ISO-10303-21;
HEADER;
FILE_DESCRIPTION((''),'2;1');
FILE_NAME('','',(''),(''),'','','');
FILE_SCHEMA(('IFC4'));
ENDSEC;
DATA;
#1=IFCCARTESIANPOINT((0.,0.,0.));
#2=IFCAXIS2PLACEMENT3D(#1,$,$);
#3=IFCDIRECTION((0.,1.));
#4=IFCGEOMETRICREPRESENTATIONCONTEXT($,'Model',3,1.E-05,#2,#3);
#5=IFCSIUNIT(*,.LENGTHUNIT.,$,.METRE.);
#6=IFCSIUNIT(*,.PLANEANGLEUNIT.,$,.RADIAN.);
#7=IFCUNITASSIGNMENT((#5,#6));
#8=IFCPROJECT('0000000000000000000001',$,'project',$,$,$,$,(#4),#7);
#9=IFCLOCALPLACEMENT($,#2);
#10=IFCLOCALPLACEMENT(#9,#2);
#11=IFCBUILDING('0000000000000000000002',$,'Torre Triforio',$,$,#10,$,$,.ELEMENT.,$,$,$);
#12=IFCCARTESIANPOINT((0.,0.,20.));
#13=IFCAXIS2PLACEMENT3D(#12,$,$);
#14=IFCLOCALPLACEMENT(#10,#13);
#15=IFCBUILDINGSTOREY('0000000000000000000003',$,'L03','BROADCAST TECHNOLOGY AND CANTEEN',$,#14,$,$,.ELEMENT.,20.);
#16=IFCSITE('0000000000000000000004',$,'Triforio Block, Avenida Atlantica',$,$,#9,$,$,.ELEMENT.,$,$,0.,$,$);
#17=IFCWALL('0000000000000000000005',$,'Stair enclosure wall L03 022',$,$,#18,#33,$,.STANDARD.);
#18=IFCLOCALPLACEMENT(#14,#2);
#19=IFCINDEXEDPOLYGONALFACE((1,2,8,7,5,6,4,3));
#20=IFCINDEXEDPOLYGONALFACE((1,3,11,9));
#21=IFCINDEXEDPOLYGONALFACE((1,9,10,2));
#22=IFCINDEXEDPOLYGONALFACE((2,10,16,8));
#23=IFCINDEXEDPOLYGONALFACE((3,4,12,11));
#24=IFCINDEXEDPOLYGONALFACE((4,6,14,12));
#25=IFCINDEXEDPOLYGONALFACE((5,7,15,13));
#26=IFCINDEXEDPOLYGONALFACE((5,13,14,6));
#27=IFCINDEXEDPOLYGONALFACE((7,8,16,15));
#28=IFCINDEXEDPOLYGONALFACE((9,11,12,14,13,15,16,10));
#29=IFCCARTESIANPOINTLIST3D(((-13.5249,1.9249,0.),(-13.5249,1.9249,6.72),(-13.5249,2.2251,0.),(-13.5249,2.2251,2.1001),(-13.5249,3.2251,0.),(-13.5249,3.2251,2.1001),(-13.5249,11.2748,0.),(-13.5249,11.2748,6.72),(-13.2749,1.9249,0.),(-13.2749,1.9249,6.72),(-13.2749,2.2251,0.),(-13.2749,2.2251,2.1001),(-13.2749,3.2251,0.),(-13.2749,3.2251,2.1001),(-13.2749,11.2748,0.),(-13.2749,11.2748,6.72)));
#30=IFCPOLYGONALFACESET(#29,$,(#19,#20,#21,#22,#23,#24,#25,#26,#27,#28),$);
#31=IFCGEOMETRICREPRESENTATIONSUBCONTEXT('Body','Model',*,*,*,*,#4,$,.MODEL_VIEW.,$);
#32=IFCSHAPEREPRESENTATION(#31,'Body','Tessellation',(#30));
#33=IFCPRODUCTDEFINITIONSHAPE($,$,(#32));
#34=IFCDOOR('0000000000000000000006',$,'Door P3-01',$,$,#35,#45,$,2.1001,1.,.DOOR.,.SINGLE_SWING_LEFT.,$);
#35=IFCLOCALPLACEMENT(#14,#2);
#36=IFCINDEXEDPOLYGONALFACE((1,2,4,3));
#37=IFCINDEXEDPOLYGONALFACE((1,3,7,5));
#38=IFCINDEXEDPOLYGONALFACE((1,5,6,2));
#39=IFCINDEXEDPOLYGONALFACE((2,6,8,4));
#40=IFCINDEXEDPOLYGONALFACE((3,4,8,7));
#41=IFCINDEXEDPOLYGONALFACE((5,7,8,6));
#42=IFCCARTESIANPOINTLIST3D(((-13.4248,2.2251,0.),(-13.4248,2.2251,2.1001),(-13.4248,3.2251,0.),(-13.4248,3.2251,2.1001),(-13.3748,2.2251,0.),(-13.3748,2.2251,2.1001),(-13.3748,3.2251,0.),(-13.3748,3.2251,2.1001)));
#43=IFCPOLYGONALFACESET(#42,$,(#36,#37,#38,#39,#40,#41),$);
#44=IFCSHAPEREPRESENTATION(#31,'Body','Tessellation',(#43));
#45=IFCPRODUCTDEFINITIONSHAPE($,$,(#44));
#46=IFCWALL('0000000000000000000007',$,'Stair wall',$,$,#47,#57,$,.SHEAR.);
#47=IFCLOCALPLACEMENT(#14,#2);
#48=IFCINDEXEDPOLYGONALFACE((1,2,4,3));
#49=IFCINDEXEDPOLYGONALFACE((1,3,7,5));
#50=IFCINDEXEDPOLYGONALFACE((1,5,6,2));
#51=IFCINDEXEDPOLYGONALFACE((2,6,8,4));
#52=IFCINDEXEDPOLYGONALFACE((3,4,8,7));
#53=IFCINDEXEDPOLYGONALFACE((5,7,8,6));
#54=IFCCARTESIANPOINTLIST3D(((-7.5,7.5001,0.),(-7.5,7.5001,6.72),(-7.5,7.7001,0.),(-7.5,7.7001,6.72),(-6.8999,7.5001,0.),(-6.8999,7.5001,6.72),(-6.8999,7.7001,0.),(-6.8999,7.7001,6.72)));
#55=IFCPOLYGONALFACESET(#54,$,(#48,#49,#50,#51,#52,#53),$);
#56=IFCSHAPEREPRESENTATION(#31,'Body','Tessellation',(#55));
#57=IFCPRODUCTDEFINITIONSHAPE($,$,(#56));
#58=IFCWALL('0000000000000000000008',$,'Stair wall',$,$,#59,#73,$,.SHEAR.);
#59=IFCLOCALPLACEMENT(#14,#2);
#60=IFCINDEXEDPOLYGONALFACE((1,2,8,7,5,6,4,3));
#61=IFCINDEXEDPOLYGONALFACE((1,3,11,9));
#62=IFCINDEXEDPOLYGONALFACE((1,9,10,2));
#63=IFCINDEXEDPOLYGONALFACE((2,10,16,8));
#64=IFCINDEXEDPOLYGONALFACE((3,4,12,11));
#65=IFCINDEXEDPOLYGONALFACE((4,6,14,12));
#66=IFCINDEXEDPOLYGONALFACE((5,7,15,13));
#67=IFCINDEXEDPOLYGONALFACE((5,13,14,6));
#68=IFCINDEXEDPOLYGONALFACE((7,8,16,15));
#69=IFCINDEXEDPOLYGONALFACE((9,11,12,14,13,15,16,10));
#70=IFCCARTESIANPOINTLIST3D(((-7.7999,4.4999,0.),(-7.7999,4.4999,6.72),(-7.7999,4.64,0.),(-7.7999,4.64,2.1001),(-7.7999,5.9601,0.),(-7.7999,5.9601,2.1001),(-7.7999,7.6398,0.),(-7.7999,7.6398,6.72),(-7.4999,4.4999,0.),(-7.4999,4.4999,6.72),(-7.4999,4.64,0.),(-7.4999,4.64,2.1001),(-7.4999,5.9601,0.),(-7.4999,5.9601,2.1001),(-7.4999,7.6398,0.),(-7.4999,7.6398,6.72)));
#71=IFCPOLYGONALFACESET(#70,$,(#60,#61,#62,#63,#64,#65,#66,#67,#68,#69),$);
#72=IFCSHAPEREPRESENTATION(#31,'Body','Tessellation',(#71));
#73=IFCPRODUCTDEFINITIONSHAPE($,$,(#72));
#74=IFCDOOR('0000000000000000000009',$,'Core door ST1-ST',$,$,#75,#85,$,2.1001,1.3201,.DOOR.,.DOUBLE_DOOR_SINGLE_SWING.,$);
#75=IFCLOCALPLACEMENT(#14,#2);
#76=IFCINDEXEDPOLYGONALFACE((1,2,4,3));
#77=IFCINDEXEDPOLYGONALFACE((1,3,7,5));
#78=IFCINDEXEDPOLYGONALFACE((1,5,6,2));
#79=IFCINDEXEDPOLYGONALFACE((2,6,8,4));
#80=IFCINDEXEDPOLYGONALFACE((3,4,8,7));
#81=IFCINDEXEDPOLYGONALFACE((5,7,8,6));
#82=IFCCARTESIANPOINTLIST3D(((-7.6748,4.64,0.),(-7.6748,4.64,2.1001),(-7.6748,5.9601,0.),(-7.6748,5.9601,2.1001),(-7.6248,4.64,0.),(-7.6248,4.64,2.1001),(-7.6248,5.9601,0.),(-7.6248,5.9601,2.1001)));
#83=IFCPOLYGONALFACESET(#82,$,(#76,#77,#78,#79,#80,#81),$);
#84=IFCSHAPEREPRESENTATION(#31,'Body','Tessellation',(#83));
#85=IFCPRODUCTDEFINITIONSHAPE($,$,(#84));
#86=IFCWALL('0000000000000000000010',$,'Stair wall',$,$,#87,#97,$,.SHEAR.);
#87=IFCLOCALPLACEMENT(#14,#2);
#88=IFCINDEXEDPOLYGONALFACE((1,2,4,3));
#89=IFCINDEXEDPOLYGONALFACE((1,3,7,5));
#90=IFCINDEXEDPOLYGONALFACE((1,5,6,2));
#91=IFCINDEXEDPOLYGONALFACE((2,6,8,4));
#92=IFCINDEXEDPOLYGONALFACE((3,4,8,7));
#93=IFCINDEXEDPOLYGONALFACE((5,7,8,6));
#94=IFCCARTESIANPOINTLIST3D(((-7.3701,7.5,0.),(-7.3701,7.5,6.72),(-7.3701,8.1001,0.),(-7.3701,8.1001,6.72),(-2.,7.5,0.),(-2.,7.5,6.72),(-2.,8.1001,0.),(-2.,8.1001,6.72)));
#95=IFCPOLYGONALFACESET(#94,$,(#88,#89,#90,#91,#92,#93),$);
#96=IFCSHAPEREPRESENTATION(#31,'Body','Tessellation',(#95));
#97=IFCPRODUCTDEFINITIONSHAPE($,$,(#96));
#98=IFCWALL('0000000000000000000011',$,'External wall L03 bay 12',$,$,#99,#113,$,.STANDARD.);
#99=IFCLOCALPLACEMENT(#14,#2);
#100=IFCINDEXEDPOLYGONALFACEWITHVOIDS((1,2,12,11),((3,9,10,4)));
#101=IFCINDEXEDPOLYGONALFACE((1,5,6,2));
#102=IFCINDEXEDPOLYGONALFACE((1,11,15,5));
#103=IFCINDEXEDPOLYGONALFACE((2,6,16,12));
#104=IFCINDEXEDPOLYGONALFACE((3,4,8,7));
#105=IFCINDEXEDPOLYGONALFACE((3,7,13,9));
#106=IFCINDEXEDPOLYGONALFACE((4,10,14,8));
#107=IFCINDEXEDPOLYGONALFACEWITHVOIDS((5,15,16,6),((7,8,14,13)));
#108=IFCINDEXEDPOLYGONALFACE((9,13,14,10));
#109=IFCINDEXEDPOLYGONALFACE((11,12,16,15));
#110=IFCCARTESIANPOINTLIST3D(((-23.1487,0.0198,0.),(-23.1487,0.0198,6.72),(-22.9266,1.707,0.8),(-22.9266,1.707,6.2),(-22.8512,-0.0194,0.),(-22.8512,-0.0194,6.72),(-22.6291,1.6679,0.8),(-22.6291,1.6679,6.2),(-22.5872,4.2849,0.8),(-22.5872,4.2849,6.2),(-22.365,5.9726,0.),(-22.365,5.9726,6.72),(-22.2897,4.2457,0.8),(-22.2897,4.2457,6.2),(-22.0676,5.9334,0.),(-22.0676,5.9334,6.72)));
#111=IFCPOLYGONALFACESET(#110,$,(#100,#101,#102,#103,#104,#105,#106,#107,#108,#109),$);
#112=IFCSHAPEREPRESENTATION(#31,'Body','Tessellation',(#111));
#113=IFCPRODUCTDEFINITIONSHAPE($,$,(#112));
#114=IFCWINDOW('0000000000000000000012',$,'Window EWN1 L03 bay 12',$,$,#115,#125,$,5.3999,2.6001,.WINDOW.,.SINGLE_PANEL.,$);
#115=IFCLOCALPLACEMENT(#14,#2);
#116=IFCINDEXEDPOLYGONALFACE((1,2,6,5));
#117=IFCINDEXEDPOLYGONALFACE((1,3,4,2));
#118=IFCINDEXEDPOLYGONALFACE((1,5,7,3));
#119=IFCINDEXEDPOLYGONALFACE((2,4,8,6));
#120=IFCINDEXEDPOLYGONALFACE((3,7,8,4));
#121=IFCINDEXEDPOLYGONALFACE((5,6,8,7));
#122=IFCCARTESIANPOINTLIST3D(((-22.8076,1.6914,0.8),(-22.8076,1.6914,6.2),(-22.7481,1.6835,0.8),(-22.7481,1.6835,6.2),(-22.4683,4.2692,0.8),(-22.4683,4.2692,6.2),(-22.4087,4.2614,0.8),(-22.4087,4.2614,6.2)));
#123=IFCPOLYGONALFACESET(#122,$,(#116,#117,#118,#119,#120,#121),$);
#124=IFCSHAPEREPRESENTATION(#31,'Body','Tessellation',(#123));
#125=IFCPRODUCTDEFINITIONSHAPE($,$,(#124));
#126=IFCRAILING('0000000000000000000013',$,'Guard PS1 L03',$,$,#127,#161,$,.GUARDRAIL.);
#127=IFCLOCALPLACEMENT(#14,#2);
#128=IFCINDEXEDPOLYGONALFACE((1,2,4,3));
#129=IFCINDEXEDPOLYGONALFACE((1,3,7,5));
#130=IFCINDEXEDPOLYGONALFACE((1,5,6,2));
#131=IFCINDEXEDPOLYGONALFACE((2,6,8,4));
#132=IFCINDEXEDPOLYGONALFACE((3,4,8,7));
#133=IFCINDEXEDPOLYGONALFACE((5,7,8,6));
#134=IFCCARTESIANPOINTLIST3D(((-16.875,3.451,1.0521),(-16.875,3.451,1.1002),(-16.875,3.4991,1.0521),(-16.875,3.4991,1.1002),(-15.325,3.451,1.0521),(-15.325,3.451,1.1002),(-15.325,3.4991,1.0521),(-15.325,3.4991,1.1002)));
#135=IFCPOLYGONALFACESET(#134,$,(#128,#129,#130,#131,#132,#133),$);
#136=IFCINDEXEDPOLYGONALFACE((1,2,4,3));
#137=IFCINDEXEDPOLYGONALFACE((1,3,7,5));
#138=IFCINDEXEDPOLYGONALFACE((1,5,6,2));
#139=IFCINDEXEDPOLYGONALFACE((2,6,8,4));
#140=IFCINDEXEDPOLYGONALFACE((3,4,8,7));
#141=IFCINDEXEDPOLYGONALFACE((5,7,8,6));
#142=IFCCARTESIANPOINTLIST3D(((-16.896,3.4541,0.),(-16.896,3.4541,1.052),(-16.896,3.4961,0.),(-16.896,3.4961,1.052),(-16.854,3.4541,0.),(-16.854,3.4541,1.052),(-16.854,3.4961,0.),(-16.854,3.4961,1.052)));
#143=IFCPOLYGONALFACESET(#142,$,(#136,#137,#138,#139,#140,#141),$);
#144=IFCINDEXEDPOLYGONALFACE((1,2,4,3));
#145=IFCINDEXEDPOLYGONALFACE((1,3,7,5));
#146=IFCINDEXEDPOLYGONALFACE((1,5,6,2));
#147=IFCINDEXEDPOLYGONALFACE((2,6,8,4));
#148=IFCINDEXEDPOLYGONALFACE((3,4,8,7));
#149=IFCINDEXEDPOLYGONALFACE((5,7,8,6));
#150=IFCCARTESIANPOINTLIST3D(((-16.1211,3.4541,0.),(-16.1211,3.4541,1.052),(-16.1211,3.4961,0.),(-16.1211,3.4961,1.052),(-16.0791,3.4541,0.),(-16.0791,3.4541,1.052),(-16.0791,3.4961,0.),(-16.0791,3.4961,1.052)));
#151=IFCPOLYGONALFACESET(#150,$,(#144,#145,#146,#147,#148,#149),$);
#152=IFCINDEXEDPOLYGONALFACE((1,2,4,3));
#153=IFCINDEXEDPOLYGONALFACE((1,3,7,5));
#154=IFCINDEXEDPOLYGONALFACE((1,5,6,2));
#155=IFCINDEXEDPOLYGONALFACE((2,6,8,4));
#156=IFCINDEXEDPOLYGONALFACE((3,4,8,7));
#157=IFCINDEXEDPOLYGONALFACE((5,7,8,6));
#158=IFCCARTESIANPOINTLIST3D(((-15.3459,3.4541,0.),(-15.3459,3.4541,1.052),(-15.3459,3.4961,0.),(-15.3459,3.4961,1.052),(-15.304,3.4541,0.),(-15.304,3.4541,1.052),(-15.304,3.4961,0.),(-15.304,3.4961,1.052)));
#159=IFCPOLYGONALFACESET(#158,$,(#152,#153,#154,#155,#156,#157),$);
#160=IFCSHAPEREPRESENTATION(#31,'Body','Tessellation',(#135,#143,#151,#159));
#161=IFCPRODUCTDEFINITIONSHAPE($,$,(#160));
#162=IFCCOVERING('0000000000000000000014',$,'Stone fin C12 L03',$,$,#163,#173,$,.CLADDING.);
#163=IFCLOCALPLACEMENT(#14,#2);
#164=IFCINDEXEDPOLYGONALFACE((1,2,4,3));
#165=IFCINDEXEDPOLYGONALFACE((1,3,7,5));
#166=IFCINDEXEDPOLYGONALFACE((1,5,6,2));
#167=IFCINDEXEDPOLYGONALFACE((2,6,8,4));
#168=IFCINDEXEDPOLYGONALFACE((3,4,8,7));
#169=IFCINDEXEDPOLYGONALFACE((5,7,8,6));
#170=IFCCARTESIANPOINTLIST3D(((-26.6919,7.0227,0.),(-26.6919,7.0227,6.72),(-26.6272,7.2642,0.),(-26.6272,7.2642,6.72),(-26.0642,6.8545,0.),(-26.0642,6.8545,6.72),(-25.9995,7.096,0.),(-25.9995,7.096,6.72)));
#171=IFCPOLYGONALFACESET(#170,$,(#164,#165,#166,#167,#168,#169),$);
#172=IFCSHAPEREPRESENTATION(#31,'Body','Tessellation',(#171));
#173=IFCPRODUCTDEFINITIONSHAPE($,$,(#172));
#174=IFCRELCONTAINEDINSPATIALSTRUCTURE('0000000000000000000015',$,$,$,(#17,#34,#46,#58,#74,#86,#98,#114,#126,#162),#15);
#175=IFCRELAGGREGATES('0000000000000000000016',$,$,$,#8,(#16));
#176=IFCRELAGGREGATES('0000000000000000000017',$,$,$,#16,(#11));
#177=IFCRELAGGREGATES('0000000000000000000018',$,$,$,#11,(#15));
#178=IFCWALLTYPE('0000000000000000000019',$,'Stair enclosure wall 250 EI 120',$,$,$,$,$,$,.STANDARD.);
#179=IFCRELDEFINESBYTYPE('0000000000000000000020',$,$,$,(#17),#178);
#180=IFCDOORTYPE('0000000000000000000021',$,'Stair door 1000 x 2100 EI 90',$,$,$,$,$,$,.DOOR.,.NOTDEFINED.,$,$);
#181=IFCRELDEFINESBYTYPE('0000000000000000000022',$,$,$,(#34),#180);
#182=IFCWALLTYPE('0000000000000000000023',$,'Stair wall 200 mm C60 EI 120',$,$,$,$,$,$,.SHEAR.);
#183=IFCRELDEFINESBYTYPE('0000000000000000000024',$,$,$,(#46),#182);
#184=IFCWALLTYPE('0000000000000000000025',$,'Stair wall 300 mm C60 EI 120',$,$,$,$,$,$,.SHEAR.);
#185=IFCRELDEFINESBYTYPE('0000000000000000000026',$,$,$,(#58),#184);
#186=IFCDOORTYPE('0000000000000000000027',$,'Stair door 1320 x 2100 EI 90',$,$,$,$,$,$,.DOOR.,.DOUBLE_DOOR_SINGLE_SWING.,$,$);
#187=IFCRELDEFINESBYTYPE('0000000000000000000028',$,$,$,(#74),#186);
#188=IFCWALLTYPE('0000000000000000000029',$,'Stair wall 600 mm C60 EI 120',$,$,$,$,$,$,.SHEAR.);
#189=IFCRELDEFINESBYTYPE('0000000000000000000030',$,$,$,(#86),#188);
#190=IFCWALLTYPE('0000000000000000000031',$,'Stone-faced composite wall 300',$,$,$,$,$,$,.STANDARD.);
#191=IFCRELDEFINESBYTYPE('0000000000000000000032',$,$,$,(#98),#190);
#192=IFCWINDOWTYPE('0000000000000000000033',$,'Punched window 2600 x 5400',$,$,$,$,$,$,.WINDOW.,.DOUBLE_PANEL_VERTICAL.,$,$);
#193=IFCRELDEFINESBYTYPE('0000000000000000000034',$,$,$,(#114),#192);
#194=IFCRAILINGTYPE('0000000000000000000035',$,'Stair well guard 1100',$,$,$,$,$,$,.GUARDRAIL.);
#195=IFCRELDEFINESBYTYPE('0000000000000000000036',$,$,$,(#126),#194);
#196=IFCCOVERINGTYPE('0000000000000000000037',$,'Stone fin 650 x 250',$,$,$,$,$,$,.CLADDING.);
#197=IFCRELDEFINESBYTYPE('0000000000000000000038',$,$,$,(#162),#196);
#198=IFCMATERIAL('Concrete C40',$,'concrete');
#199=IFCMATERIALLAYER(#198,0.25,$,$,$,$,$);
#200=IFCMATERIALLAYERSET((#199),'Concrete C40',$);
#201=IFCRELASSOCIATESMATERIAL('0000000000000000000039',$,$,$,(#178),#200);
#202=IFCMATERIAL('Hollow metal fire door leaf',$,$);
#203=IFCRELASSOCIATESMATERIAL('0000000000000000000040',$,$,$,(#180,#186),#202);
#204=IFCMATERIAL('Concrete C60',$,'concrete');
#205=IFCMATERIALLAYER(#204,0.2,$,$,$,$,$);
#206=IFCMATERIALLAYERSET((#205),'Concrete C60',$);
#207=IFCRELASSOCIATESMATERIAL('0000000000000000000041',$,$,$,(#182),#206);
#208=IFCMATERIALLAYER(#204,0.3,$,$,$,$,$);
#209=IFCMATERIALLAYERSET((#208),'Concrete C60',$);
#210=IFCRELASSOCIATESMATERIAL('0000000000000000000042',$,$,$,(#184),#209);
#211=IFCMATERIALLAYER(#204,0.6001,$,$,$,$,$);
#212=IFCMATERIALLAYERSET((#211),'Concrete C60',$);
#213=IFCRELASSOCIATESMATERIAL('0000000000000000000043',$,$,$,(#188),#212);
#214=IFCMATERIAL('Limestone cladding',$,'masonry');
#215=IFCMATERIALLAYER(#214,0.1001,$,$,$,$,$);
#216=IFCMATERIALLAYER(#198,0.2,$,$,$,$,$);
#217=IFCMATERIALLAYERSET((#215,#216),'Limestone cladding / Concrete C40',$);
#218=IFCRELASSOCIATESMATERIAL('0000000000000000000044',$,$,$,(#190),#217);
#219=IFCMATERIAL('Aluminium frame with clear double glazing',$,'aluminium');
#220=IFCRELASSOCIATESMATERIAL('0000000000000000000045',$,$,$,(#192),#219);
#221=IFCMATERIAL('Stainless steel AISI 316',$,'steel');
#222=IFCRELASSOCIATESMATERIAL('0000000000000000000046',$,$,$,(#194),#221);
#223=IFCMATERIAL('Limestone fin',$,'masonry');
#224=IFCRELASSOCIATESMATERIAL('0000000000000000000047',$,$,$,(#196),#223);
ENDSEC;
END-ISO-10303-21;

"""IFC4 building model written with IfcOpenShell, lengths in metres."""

from ifc_helpers import new_model, si_unit, direction, frame, frame_2d, origin, origin_2d, place, context, subcontext, project, spatial, rectangle, extrude, material, layer, layer_set, material_profile, profile_set, type_object, element, fill, save


model = new_model("IFC4")

# Units and contexts
model_context = context("Model", 3, precision=1e-05, world=origin(), true_north=direction((0.0, 1.0)))
body_context = subcontext(model_context, "Body", "Model", "MODEL_VIEW")
ifc_project = project(units=[si_unit("LENGTHUNIT", "METRE"), si_unit("PLANEANGLEUNIT", "RADIAN")], contexts=[model_context])

# Site, building, storey
site_placement = place(None, origin())
site = spatial("IfcSite", under=ifc_project, at=site_placement, Name="Triforio Block, Avenida Atlantica", CompositionType="ELEMENT", RefElevation=0.0)
building_placement = place(site_placement, origin())
building = spatial("IfcBuilding", under=site, at=building_placement, Name="Torre Triforio", CompositionType="ELEMENT")
storey_placement = place(building_placement, frame((0.0, 0.0, 20.0)))
storey = spatial("IfcBuildingStorey", under=building, at=storey_placement, Name="L03", Description="BROADCAST TECHNOLOGY AND CANTEEN", CompositionType="ELEMENT", Elevation=20.0)

# Shared definitions
ifc_material_1 = material(Name="Concrete C60", Category="concrete")
ifc_material_2 = material(Name="Hollow metal fire door leaf")

# Shared definitions
ifc_material_3 = material(Name="Concrete C40", Category="concrete")
ifc_layer_1 = layer(ifc_material_3, 0.25)
ifc_layer_set_1 = layer_set([ifc_layer_1], Name="Concrete C40")
wall_type_1 = type_object("IfcWallType", Name="Stair enclosure wall 250 EI 120", PredefinedType="STANDARD", material=ifc_layer_set_1)

# Wall, opening, door
wall_1_placement = place(storey_placement, frame((-13.3999, 1.925, 0.0), z_axis=(0.0, 0.0, 1.0), x_axis=(0.0, 1.0, 0.0)))
wall_1 = element("IfcWall", 1, at=wall_1_placement, inside=storey, type_object=wall_type_1, Name="Stair enclosure wall L03 022", PredefinedType="STANDARD", context=body_context, shape_type="SweptSolid", body=[
    extrude(rectangle(XDim=9.3499, YDim=0.25, at=frame_2d((4.6748, 0.0))), origin(), (0.0, 0.0, 1.0), 6.72),
])
opening_1_placement = place(wall_1_placement, frame((0.3, 0.0, 0.0)))
opening_1 = element("IfcOpeningElement", 2, at=opening_1_placement, cuts=wall_1, PredefinedType="OPENING", context=body_context, shape_type="SweptSolid", body=[
    extrude(rectangle(XDim=1.0, YDim=2.1001, at=frame_2d((0.5, 1.05))), frame((0.0, 0.135, 0.0), z_axis=(0.0, -1.0, 0.0), x_axis=(1.0, 0.0, 0.0)), (0.0, 0.0, 1.0), 0.27),
])
door_type_1 = type_object("IfcDoorType", Name="Stair door 1000 x 2100 EI 90", OperationType="NOTDEFINED", PredefinedType="DOOR", material=ifc_material_2)
door_1_placement = place(opening_1_placement, origin())
door_1 = element("IfcDoor", 3, at=door_1_placement, inside=storey, type_object=door_type_1, Name="Door P3-01", OperationType="SINGLE_SWING_LEFT", OverallHeight=2.1001, OverallWidth=1.0, PredefinedType="DOOR", context=body_context, shape_type="SweptSolid", body=[
    extrude(rectangle(XDim=1.0, YDim=2.1001, at=frame_2d((0.5, 1.05))), frame((0.0, 0.0249, 0.0), z_axis=(0.0, -1.0, 0.0), x_axis=(1.0, 0.0, 0.0)), (0.0, 0.0, 1.0), 0.05),
])
fill(opening_1, door_1)

# Wall
ifc_layer_2 = layer(ifc_material_1, 0.2)
ifc_layer_set_2 = layer_set([ifc_layer_2], Name="Concrete C60")
wall_type_2 = type_object("IfcWallType", Name="Stair wall 200 mm C60 EI 120", PredefinedType="SHEAR", material=ifc_layer_set_2)
wall_2_placement = place(storey_placement, frame((-7.5, 7.6001, 0.0), z_axis=(0.0, 0.0, 1.0), x_axis=(1.0, 0.0, 0.0)))
element("IfcWall", 4, at=wall_2_placement, inside=storey, type_object=wall_type_2, Name="Stair wall", PredefinedType="SHEAR", context=body_context, shape_type="SweptSolid", body=[
    extrude(rectangle(XDim=0.6001, YDim=0.2, at=frame_2d((0.3, 0.0))), origin(), (0.0, 0.0, 1.0), 6.72),
])

# Wall, opening, door
ifc_layer_3 = layer(ifc_material_1, 0.3)
ifc_layer_set_3 = layer_set([ifc_layer_3], Name="Concrete C60")
wall_type_3 = type_object("IfcWallType", Name="Stair wall 300 mm C60 EI 120", PredefinedType="SHEAR", material=ifc_layer_set_3)
wall_3_placement = place(storey_placement, frame((-7.6499, 4.5, 0.0), z_axis=(0.0, 0.0, 1.0), x_axis=(0.0, 1.0, 0.0)))
wall_3 = element("IfcWall", 5, at=wall_3_placement, inside=storey, type_object=wall_type_3, Name="Stair wall", PredefinedType="SHEAR", context=body_context, shape_type="SweptSolid", body=[
    extrude(rectangle(XDim=3.1399, YDim=0.3, at=frame_2d((1.5698, 0.0))), origin(), (0.0, 0.0, 1.0), 6.72),
])
opening_2_placement = place(wall_3_placement, frame((0.1399, 0.0, 0.0)))
opening_2 = element("IfcOpeningElement", 6, at=opening_2_placement, cuts=wall_3, PredefinedType="OPENING", context=body_context, shape_type="SweptSolid", body=[
    extrude(rectangle(XDim=1.3201, YDim=2.1001, at=frame_2d((0.6602, 1.05))), frame((0.0, 0.1599, 0.0), z_axis=(0.0, -1.0, 0.0), x_axis=(1.0, 0.0, 0.0)), (0.0, 0.0, 1.0), 0.3201),
])
door_type_2 = type_object("IfcDoorType", Name="Stair door 1320 x 2100 EI 90", OperationType="DOUBLE_DOOR_SINGLE_SWING", PredefinedType="DOOR", material=ifc_material_2)
door_2_placement = place(opening_2_placement, origin())
door_2 = element("IfcDoor", 7, at=door_2_placement, inside=storey, type_object=door_type_2, Name="Core door ST1-ST", OperationType="DOUBLE_DOOR_SINGLE_SWING", OverallHeight=2.1001, OverallWidth=1.3201, PredefinedType="DOOR", context=body_context, shape_type="SweptSolid", body=[
    extrude(rectangle(XDim=1.3201, YDim=2.1001, at=frame_2d((0.6602, 1.05))), frame((0.0, 0.0249, 0.0), z_axis=(0.0, -1.0, 0.0), x_axis=(1.0, 0.0, 0.0)), (0.0, 0.0, 1.0), 0.05),
])
fill(opening_2, door_2)

# Wall
ifc_layer_4 = layer(ifc_material_1, 0.6001)
ifc_layer_set_4 = layer_set([ifc_layer_4], Name="Concrete C60")
wall_type_4 = type_object("IfcWallType", Name="Stair wall 600 mm C60 EI 120", PredefinedType="SHEAR", material=ifc_layer_set_4)
wall_4_placement = place(storey_placement, frame((-7.3701, 7.8, 0.0), z_axis=(0.0, 0.0, 1.0), x_axis=(1.0, 0.0, 0.0)))
element("IfcWall", 8, at=wall_4_placement, inside=storey, type_object=wall_type_4, Name="Stair wall", PredefinedType="SHEAR", context=body_context, shape_type="SweptSolid", body=[
    extrude(rectangle(XDim=5.3701, YDim=0.6001, at=frame_2d((2.6851, 0.0))), origin(), (0.0, 0.0, 1.0), 6.72),
])

# Wall, opening, window
ifc_material_4 = material(Name="Limestone cladding", Category="masonry")
ifc_layer_5 = layer(ifc_material_4, 0.1001)
ifc_layer_6 = layer(ifc_material_3, 0.2)
ifc_layer_set_5 = layer_set([ifc_layer_5, ifc_layer_6], Name="Limestone cladding / Concrete C40")
wall_type_5 = type_object("IfcWallType", Name="Stone-faced composite wall 300", PredefinedType="STANDARD", material=ifc_layer_set_5)
wall_5_placement = place(storey_placement, frame((-22.2163, 5.9529, 0.0), z_axis=(0.0, 0.0, 1.0), x_axis=(-0.130523, -0.991445, 0.0)))
wall_5 = element("IfcWall", 9, at=wall_5_placement, inside=storey, type_object=wall_type_5, Name="External wall L03 bay 12", PredefinedType="STANDARD", context=body_context, shape_type="SweptSolid", body=[
    extrude(rectangle(XDim=6.0042, YDim=0.3, at=frame_2d((3.002, 0.0))), origin(), (0.0, 0.0, 1.0), 6.72),
])
opening_3_placement = place(wall_5_placement, frame((1.7021, 0.0, 0.8)))
opening_3 = element("IfcOpeningElement", 10, at=opening_3_placement, cuts=wall_5, PredefinedType="OPENING", context=body_context, shape_type="SweptSolid", body=[
    extrude(rectangle(XDim=2.6001, YDim=5.3999, at=frame_2d((1.3, 2.7))), frame((0.0, 0.1599, 0.0), z_axis=(0.0, -1.0, 0.0), x_axis=(1.0, 0.0, 0.0)), (0.0, 0.0, 1.0), 0.3201),
])
ifc_material_5 = material(Name="Aluminium frame with clear double glazing", Category="aluminium")
window_type = type_object("IfcWindowType", Name="Punched window 2600 x 5400", PartitioningType="DOUBLE_PANEL_VERTICAL", PredefinedType="WINDOW", material=ifc_material_5)
window_placement = place(opening_3_placement, origin())
window = element("IfcWindow", 11, at=window_placement, inside=storey, type_object=window_type, Name="Window EWN1 L03 bay 12", OverallHeight=5.3999, OverallWidth=2.6001, PartitioningType="SINGLE_PANEL", PredefinedType="WINDOW", context=body_context, shape_type="SweptSolid", body=[
    extrude(rectangle(XDim=2.6001, YDim=5.3999, at=frame_2d((1.3, 2.7))), frame((0.0, 0.03, 0.0), z_axis=(0.0, -1.0, 0.0), x_axis=(1.0, 0.0, 0.0)), (0.0, 0.0, 1.0), 0.0601),
])
fill(opening_3, window)

# Railing
ifc_material_6 = material(Name="Stainless steel AISI 316", Category="steel")
railing_type = type_object("IfcRailingType", Name="Stair well guard 1100", PredefinedType="GUARDRAIL", material=ifc_material_6)
railing_placement = place(storey_placement, frame((-16.875, 3.4751, 0.0)))
element("IfcRailing", 12, at=railing_placement, inside=storey, type_object=railing_type, Name="Guard PS1 L03", PredefinedType="GUARDRAIL", context=body_context, shape_type="SweptSolid", body=[
    extrude(rectangle(XDim=0.0481, YDim=0.0481, at=origin_2d()), frame((0.0, 0.0, 1.0762), z_axis=(1.0, 0.0, 0.0), x_axis=(0.0, 1.0, 0.0)), (0.0, 0.0, 1.0), 1.55),
    extrude(rectangle(XDim=0.042, YDim=0.042, at=origin_2d()), origin(), (0.0, 0.0, 1.0), 1.052),
    extrude(rectangle(XDim=0.042, YDim=0.042, at=origin_2d()), frame((0.7749, 0.0, 0.0)), (0.0, 0.0, 1.0), 1.052),
    extrude(rectangle(XDim=0.042, YDim=0.042, at=origin_2d()), frame((1.55, 0.0, 0.0)), (0.0, 0.0, 1.0), 1.052),
])

# Covering
ifc_material_7 = material(Name="Limestone fin", Category="masonry")
ifc_material_profile_1 = material_profile(ifc_material_7, rectangle(XDim=0.6499, YDim=0.25, at=origin_2d()), Name="FIN 650x250")
ifc_profile_set_1 = profile_set([ifc_material_profile_1], Name="Limestone fin")
covering_type = type_object("IfcCoveringType", Name="Stone fin 650 x 250", PredefinedType="CLADDING", material=ifc_profile_set_1)
covering_placement = place(storey_placement, frame((-26.3457, 7.0593, 0.0), z_axis=(0.0, 0.0, 1.0), x_axis=(-0.965926, 0.258819, 0.0)))
element("IfcCovering", 13, at=covering_placement, inside=storey, type_object=covering_type, Name="Stone fin C12 L03", PredefinedType="CLADDING", context=body_context, shape_type="SweptSolid", body=[
    extrude(rectangle(XDim=0.6499, YDim=0.25, at=origin_2d()), origin(), (0.0, 0.0, 1.0), 6.72),
])

save(model, "model.ifc")
